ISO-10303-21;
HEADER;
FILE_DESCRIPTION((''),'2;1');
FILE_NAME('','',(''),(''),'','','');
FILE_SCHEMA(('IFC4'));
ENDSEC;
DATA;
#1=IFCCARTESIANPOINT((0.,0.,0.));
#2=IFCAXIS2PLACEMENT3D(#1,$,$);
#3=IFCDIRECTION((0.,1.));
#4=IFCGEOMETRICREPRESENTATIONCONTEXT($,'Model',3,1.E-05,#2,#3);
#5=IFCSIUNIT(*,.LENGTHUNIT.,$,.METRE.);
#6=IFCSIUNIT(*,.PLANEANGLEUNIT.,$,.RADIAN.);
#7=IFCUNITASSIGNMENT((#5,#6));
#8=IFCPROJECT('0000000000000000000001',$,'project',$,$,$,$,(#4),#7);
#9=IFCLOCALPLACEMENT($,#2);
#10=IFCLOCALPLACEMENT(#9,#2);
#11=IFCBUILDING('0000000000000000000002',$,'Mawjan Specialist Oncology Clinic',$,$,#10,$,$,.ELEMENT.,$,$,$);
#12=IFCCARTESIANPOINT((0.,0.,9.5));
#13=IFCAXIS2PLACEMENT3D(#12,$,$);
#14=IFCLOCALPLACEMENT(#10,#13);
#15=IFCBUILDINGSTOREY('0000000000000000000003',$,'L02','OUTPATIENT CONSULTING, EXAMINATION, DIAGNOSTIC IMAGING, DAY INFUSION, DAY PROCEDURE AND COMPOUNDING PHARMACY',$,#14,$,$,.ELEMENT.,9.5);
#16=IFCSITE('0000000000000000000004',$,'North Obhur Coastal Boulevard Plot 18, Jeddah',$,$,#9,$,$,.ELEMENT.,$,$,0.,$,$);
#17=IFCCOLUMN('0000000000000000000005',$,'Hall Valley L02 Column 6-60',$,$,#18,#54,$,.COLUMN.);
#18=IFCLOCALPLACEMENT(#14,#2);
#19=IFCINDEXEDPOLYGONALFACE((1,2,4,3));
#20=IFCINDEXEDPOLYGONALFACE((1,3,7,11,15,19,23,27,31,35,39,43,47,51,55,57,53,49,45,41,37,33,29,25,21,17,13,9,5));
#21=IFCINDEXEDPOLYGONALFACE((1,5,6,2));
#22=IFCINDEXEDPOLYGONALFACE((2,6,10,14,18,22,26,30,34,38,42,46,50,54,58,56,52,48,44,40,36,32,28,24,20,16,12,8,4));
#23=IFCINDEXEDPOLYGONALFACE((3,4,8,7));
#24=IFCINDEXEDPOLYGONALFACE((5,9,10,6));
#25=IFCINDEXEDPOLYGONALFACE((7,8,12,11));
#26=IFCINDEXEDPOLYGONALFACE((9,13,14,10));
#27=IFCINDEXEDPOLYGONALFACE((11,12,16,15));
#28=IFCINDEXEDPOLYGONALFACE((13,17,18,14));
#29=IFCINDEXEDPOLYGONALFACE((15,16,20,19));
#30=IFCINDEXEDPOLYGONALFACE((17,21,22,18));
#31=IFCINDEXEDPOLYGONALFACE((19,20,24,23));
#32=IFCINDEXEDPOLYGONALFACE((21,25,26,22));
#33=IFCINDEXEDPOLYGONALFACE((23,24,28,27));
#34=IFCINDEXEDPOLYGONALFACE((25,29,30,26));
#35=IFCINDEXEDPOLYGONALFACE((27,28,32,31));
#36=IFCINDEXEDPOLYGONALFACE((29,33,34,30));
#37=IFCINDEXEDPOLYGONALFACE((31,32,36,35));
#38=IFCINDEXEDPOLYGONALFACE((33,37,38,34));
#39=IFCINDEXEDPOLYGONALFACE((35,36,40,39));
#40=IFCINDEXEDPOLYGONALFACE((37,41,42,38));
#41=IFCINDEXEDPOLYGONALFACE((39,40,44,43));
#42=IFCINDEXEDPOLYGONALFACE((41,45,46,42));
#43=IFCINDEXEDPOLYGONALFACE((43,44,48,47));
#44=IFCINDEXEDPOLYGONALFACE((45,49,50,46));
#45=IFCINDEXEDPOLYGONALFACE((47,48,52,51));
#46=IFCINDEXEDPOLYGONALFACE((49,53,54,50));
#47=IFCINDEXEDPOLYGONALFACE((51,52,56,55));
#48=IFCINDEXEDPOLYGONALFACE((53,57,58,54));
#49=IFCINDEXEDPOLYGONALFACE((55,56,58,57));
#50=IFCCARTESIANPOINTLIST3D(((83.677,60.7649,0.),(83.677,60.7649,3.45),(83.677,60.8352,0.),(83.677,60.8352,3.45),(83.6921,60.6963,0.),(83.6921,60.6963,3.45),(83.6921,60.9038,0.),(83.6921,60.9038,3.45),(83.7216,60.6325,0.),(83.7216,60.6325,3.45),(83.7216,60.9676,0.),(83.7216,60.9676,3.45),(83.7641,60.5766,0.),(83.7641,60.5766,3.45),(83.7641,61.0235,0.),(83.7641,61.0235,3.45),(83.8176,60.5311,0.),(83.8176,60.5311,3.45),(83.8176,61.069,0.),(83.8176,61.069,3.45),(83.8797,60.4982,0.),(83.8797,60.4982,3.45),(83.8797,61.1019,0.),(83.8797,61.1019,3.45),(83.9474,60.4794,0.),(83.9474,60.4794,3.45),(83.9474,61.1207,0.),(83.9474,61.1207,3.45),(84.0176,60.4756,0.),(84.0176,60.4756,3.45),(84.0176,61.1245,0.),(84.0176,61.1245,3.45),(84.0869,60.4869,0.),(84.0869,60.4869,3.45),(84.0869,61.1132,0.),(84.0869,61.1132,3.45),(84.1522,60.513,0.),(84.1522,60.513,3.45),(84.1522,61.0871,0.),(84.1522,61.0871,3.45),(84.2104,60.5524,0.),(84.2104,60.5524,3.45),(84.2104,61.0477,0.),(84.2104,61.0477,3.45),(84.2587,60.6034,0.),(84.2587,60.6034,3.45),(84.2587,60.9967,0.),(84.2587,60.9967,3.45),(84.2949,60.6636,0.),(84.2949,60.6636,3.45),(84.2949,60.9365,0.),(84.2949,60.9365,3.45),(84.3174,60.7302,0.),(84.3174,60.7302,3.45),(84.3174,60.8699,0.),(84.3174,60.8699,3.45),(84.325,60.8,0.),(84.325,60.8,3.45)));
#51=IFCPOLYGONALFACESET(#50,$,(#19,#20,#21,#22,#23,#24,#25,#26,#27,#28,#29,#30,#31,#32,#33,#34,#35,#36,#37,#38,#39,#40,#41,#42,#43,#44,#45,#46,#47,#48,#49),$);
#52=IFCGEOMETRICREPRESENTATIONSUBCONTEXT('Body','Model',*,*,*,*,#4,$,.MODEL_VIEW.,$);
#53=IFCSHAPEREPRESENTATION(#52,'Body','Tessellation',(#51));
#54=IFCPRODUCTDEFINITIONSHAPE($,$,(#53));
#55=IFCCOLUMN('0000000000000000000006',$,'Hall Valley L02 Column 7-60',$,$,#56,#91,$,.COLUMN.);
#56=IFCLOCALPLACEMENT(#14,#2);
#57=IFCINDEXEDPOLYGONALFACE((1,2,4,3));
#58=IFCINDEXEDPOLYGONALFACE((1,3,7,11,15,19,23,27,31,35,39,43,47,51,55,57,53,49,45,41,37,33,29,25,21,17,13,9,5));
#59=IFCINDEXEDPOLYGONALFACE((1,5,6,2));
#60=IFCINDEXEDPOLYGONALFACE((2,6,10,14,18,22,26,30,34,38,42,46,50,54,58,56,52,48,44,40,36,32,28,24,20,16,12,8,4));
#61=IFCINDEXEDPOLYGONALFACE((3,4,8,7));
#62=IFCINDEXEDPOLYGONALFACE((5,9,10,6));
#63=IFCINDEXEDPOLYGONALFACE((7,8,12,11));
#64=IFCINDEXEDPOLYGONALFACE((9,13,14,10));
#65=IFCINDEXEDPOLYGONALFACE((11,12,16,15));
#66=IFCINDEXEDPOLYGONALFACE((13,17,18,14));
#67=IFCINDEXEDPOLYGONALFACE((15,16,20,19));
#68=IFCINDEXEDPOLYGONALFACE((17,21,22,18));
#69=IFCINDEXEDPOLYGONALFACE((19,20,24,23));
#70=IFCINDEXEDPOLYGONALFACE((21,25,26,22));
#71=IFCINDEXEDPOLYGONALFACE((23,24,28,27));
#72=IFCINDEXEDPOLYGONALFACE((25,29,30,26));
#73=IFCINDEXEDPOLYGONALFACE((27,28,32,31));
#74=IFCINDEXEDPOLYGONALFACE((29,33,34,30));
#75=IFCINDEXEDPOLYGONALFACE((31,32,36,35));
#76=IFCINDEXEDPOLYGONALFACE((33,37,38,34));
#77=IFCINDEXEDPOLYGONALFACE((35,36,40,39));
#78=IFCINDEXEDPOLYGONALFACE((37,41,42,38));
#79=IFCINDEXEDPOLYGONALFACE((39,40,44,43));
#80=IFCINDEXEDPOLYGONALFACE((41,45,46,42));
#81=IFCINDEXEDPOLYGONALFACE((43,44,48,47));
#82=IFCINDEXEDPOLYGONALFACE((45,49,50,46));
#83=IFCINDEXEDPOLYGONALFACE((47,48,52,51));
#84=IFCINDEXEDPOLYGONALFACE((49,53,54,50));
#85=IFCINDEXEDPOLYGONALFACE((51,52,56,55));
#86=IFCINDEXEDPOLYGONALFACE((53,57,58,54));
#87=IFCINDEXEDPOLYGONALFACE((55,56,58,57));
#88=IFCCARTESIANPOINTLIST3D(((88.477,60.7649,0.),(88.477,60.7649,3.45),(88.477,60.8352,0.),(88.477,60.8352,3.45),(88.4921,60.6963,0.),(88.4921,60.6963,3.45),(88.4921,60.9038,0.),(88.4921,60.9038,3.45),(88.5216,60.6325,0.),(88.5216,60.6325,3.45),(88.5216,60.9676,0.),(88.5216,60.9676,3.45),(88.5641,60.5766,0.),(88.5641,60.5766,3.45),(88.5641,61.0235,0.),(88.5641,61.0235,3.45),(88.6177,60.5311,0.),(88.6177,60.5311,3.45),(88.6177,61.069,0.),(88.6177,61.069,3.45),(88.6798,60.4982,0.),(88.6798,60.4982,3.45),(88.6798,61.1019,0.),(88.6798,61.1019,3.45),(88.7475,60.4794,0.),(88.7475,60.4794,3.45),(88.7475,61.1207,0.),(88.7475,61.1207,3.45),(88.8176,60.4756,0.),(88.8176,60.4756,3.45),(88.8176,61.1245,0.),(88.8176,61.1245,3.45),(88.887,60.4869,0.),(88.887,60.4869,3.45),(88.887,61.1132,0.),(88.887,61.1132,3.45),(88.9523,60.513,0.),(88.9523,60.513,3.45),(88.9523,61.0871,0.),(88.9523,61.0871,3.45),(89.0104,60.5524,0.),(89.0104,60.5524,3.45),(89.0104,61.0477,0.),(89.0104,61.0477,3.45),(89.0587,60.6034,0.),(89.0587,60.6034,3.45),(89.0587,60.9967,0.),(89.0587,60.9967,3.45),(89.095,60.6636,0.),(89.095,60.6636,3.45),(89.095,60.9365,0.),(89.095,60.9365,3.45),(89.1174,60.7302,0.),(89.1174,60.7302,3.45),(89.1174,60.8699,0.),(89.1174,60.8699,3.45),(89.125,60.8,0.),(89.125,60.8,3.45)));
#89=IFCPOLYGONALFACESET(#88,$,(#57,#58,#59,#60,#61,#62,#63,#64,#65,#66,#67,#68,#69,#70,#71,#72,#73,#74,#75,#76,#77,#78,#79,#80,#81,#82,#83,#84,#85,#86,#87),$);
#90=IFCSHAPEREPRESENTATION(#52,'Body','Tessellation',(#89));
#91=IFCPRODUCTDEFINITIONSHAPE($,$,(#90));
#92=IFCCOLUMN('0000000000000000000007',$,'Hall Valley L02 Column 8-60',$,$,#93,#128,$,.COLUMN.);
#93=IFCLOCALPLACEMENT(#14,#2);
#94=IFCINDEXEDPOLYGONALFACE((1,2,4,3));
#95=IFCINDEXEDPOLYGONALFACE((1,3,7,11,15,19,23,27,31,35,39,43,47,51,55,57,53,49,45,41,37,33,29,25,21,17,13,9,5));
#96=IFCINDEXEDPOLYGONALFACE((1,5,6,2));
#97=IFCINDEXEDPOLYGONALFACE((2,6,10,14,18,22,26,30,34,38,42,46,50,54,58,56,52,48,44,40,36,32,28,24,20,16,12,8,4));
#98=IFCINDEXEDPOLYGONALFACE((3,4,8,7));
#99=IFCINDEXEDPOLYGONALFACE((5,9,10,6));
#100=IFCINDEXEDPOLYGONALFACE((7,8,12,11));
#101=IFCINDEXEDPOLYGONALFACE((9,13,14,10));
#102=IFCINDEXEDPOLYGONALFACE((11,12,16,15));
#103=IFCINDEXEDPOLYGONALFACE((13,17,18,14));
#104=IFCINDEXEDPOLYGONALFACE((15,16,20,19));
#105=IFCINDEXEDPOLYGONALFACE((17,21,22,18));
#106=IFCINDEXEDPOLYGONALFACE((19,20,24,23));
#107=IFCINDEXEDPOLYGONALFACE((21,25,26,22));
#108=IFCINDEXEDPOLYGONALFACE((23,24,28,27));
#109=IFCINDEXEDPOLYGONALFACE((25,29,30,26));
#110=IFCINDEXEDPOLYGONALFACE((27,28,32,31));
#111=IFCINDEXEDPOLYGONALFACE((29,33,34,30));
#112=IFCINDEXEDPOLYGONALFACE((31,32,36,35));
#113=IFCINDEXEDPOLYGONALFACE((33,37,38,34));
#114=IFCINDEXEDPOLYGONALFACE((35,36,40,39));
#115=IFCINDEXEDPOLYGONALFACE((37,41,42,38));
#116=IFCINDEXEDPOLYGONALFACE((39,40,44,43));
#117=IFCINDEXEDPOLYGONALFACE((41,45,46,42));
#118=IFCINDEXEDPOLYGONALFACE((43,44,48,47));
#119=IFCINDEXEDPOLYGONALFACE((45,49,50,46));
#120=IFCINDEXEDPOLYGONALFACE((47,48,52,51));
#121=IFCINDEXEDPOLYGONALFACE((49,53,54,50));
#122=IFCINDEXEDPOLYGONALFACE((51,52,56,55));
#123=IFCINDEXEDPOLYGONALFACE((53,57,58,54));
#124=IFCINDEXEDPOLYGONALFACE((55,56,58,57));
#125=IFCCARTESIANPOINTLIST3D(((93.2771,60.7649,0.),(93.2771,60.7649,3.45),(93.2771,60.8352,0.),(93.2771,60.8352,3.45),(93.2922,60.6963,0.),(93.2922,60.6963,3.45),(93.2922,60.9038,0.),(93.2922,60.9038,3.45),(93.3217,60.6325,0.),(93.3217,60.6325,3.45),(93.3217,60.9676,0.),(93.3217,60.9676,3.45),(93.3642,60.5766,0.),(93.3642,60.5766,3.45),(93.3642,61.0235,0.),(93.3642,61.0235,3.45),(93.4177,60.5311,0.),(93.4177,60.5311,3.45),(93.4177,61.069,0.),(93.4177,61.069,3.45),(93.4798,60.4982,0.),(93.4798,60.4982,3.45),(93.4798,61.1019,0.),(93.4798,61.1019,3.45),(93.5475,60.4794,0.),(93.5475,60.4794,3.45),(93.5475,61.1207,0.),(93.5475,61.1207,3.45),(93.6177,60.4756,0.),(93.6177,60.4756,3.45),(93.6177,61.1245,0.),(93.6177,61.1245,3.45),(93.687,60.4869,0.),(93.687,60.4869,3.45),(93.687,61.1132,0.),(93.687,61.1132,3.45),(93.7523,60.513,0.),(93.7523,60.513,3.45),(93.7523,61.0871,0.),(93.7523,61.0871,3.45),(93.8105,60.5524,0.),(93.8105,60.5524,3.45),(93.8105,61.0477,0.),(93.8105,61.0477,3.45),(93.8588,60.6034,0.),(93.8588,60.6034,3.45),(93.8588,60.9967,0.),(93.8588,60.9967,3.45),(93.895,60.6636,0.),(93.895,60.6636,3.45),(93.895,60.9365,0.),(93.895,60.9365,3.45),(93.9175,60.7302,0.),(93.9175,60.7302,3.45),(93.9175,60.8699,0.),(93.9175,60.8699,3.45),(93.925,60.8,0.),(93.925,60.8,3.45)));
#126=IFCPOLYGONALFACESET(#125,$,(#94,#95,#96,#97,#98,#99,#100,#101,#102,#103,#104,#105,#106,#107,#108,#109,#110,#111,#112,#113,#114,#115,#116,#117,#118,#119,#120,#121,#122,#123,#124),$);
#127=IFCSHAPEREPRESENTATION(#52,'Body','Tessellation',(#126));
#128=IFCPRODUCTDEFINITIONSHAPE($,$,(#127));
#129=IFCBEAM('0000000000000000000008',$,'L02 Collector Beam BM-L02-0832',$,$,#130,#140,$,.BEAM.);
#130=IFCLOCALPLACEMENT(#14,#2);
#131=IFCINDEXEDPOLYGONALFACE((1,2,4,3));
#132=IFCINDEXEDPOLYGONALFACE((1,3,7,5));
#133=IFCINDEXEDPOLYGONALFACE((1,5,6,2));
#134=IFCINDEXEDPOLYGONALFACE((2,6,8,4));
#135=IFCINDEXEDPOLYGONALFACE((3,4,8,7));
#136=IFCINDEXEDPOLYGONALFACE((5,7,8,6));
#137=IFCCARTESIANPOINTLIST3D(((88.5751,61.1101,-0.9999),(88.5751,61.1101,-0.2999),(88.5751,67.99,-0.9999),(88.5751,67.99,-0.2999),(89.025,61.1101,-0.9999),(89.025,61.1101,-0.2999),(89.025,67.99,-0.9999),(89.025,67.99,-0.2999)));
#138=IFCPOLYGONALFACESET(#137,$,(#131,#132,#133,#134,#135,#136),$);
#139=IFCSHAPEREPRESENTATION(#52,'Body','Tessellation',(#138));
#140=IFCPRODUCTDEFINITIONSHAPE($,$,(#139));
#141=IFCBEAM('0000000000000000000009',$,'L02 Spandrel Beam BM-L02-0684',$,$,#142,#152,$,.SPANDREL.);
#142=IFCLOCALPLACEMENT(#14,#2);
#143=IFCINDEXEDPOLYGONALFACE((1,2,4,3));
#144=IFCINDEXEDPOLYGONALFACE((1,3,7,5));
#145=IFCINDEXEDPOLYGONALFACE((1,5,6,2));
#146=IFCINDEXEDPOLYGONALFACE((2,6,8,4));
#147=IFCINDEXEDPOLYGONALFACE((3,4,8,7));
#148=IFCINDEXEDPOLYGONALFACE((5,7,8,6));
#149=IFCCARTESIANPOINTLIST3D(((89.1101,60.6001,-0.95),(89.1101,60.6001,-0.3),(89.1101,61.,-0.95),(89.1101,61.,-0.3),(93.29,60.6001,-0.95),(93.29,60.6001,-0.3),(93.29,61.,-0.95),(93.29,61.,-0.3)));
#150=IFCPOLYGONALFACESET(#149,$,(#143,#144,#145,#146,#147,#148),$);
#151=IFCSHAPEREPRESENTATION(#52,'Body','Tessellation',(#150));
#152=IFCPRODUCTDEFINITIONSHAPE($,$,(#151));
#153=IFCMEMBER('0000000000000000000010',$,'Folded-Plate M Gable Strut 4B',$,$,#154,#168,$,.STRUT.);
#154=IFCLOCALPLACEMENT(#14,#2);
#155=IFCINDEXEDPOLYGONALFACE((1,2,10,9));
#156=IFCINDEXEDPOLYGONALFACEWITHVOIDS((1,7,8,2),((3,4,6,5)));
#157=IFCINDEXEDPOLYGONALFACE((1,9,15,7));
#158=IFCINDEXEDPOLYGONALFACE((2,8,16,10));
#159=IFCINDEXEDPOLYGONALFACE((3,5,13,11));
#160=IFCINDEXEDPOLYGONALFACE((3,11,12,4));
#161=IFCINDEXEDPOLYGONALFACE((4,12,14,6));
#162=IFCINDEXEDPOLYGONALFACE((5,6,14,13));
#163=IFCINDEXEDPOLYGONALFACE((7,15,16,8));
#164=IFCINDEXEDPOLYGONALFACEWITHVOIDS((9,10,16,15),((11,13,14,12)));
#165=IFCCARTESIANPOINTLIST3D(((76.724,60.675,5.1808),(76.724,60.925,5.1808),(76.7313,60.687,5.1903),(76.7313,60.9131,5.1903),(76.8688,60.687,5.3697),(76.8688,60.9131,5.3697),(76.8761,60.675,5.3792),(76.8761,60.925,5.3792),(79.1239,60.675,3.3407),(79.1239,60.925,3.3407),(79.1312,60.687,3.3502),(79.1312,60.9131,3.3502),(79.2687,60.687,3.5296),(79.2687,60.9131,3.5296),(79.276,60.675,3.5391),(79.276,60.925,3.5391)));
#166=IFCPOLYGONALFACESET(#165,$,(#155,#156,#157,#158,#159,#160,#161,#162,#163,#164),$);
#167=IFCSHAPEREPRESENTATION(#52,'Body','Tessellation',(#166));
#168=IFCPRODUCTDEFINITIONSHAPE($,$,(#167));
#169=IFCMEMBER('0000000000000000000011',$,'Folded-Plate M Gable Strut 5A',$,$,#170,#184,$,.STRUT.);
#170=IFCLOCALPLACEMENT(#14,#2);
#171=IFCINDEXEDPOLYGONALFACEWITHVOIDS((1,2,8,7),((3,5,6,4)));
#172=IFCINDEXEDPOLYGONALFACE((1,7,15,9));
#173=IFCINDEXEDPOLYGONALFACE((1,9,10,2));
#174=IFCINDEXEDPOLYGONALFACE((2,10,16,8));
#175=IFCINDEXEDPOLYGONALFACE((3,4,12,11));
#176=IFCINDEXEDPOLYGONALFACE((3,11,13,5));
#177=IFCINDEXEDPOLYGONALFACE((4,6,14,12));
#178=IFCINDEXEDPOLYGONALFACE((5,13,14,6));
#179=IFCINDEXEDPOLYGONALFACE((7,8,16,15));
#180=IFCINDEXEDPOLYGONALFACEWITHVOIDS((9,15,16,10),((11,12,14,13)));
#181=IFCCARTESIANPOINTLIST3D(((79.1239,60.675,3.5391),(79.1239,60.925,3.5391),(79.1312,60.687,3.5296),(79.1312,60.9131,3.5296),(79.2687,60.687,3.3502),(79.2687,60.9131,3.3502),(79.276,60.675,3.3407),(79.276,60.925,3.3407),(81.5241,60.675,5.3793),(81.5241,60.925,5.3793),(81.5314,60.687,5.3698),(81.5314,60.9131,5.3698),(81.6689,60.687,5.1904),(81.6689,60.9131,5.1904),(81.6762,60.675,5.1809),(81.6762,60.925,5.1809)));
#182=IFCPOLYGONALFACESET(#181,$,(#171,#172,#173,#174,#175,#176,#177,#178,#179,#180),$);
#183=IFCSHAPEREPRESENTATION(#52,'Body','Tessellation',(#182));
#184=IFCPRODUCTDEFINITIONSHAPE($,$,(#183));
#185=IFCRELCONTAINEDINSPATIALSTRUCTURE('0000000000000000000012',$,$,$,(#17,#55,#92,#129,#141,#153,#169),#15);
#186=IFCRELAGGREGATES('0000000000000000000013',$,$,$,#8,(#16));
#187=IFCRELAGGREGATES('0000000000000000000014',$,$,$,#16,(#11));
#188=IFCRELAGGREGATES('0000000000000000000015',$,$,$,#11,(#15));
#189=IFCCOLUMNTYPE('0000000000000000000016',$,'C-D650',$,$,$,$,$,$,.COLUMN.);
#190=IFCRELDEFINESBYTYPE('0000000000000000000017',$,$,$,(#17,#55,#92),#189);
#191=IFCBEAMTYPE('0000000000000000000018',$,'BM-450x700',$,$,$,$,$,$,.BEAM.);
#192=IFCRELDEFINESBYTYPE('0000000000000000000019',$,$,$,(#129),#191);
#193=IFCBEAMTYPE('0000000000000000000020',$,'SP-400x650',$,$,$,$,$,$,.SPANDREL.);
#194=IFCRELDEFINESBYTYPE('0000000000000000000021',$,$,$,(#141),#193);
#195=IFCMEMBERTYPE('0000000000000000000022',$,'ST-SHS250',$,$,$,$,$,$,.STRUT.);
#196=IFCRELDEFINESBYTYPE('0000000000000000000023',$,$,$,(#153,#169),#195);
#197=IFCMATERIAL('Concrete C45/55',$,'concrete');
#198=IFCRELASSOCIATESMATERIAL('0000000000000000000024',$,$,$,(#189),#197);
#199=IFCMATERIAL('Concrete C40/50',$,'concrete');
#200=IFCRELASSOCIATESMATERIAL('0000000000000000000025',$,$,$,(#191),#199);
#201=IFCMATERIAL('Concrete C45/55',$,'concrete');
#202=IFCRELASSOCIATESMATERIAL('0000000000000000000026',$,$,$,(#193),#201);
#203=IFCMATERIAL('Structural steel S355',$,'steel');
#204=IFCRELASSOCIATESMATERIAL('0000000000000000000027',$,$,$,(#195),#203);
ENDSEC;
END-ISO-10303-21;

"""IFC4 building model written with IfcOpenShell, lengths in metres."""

from ifc_helpers import new_model, si_unit, direction, frame, origin, origin_2d, place, context, subcontext, project, spatial, rectangle, hollow_rectangle, circle, extrude, material, material_profile, profile_set, type_object, element, save


model = new_model("IFC4")

# Units and contexts
model_context = context("Model", 3, precision=1e-05, world=origin(), true_north=direction((0.0, 1.0)))
body_context = subcontext(model_context, "Body", "Model", "MODEL_VIEW")
ifc_project = project(units=[si_unit("LENGTHUNIT", "METRE"), si_unit("PLANEANGLEUNIT", "RADIAN")], contexts=[model_context])

# Site, building, storey
site_placement = place(None, origin())
site = spatial("IfcSite", under=ifc_project, at=site_placement, Name="North Obhur Coastal Boulevard Plot 18, Jeddah", CompositionType="ELEMENT", RefElevation=0.0)
building_placement = place(site_placement, origin())
building = spatial("IfcBuilding", under=site, at=building_placement, Name="Mawjan Specialist Oncology Clinic", CompositionType="ELEMENT")
storey_placement = place(building_placement, frame((0.0, 0.0, 9.5)))
storey = spatial("IfcBuildingStorey", under=building, at=storey_placement, Name="L02", Description="OUTPATIENT CONSULTING, EXAMINATION, DIAGNOSTIC IMAGING, DAY INFUSION, DAY PROCEDURE AND COMPOUNDING PHARMACY", CompositionType="ELEMENT", Elevation=9.5)

# Columns
ifc_material_1 = material(Name="Concrete C45/55", Category="concrete")
ifc_material_profile_1 = material_profile(ifc_material_1, circle(Radius=0.325, at=origin_2d()), Name="RC COL D650", Category="concrete")
ifc_profile_set_1 = profile_set([ifc_material_profile_1], Name="Concrete C45/55")
column_type = type_object("IfcColumnType", Name="C-D650", PredefinedType="COLUMN", material=ifc_profile_set_1)
for number, where, z_axis, x_axis, name in (
    (1, (84.0, 60.8, 0.0), (0.0, 0.0, 1.0), (1.0, 0.0, 0.0), "Hall Valley L02 Column 6-60"),
    (2, (88.8, 60.8, 0.0), (0.0, 0.0, 1.0), (1.0, 0.0, 0.0), "Hall Valley L02 Column 7-60"),
    (3, (93.6001, 60.8, 0.0), (0.0, 0.0, 1.0), (1.0, 0.0, 0.0), "Hall Valley L02 Column 8-60"),
):
    element("IfcColumn", number, at=place(storey_placement, frame(where, z_axis=z_axis, x_axis=x_axis)), inside=storey, type_object=column_type, Name=name, PredefinedType="COLUMN", context=body_context, shape_type="SweptSolid", body=[
        extrude(circle(Radius=0.325, at=origin_2d()), origin(), (0.0, 0.0, 1.0), 3.45),
    ])

# Beams
ifc_material_2 = material(Name="Concrete C40/50", Category="concrete")
ifc_material_profile_2 = material_profile(ifc_material_2, rectangle(XDim=0.45, YDim=0.7, at=origin_2d()), Name="RC BM 450x700", Category="concrete")
ifc_profile_set_2 = profile_set([ifc_material_profile_2], Name="Concrete C40/50")
beam_type_1 = type_object("IfcBeamType", Name="BM-450x700", PredefinedType="BEAM", material=ifc_profile_set_2)
beam_1_placement = place(storey_placement, frame((88.8, 61.1101, -0.6499), z_axis=(0.0, 1.0, 0.0), x_axis=(-1.0, 0.0, 0.0)))
element("IfcBeam", 4, at=beam_1_placement, inside=storey, type_object=beam_type_1, Name="L02 Collector Beam BM-L02-0832", PredefinedType="BEAM", context=body_context, shape_type="SweptSolid", body=[
    extrude(rectangle(XDim=0.45, YDim=0.7, at=origin_2d()), origin(), (0.0, 0.0, 1.0), 6.8799),
])
ifc_material_3 = material(Name="Concrete C45/55", Category="concrete")
ifc_material_profile_3 = material_profile(ifc_material_3, rectangle(XDim=0.3999, YDim=0.6499, at=origin_2d()), Name="RC BM 400x650", Category="concrete")
ifc_profile_set_3 = profile_set([ifc_material_profile_3], Name="Concrete C45/55")
beam_type_2 = type_object("IfcBeamType", Name="SP-400x650", PredefinedType="SPANDREL", material=ifc_profile_set_3)
beam_2_placement = place(storey_placement, frame((89.1101, 60.8, -0.625), z_axis=(1.0, 0.0, 0.0), x_axis=(0.0, 1.0, 0.0)))
element("IfcBeam", 5, at=beam_2_placement, inside=storey, type_object=beam_type_2, Name="L02 Spandrel Beam BM-L02-0684", PredefinedType="SPANDREL", context=body_context, shape_type="SweptSolid", body=[
    extrude(rectangle(XDim=0.3999, YDim=0.6499, at=origin_2d()), origin(), (0.0, 0.0, 1.0), 4.1799),
])

# Members
ifc_material_4 = material(Name="Structural steel S355", Category="steel")
ifc_material_profile_4 = material_profile(ifc_material_4, hollow_rectangle(XDim=0.25, YDim=0.25, WallThickness=0.012, at=origin_2d()), Name="SHS 250x250x12", Category="steel")
ifc_profile_set_4 = profile_set([ifc_material_profile_4], Name="Structural steel S355")
member_type = type_object("IfcMemberType", Name="ST-SHS250", PredefinedType="STRUT", material=ifc_profile_set_4)
member_1_placement = place(storey_placement, frame((79.2, 60.8, 3.4399), z_axis=(-0.79358, 0.0, 0.608465), x_axis=(0.0, -1.0, 0.0)))
element("IfcMember", 6, at=member_1_placement, inside=storey, type_object=member_type, Name="Folded-Plate M Gable Strut 4B", PredefinedType="STRUT", context=body_context, shape_type="SweptSolid", body=[
    extrude(hollow_rectangle(XDim=0.25, YDim=0.25, WallThickness=0.012, at=origin_2d()), origin(), (0.0, 0.0, 1.0), 3.0242),
])
member_2_placement = place(storey_placement, frame((79.2, 60.8, 3.4399), z_axis=(0.79361, 0.0, 0.608426), x_axis=(0.0, 1.0, 0.0)))
element("IfcMember", 7, at=member_2_placement, inside=storey, type_object=member_type, Name="Folded-Plate M Gable Strut 5A", PredefinedType="STRUT", context=body_context, shape_type="SweptSolid", body=[
    extrude(hollow_rectangle(XDim=0.25, YDim=0.25, WallThickness=0.012, at=origin_2d()), origin(), (0.0, 0.0, 1.0), 3.0244),
])

save(model, "model.ifc")
